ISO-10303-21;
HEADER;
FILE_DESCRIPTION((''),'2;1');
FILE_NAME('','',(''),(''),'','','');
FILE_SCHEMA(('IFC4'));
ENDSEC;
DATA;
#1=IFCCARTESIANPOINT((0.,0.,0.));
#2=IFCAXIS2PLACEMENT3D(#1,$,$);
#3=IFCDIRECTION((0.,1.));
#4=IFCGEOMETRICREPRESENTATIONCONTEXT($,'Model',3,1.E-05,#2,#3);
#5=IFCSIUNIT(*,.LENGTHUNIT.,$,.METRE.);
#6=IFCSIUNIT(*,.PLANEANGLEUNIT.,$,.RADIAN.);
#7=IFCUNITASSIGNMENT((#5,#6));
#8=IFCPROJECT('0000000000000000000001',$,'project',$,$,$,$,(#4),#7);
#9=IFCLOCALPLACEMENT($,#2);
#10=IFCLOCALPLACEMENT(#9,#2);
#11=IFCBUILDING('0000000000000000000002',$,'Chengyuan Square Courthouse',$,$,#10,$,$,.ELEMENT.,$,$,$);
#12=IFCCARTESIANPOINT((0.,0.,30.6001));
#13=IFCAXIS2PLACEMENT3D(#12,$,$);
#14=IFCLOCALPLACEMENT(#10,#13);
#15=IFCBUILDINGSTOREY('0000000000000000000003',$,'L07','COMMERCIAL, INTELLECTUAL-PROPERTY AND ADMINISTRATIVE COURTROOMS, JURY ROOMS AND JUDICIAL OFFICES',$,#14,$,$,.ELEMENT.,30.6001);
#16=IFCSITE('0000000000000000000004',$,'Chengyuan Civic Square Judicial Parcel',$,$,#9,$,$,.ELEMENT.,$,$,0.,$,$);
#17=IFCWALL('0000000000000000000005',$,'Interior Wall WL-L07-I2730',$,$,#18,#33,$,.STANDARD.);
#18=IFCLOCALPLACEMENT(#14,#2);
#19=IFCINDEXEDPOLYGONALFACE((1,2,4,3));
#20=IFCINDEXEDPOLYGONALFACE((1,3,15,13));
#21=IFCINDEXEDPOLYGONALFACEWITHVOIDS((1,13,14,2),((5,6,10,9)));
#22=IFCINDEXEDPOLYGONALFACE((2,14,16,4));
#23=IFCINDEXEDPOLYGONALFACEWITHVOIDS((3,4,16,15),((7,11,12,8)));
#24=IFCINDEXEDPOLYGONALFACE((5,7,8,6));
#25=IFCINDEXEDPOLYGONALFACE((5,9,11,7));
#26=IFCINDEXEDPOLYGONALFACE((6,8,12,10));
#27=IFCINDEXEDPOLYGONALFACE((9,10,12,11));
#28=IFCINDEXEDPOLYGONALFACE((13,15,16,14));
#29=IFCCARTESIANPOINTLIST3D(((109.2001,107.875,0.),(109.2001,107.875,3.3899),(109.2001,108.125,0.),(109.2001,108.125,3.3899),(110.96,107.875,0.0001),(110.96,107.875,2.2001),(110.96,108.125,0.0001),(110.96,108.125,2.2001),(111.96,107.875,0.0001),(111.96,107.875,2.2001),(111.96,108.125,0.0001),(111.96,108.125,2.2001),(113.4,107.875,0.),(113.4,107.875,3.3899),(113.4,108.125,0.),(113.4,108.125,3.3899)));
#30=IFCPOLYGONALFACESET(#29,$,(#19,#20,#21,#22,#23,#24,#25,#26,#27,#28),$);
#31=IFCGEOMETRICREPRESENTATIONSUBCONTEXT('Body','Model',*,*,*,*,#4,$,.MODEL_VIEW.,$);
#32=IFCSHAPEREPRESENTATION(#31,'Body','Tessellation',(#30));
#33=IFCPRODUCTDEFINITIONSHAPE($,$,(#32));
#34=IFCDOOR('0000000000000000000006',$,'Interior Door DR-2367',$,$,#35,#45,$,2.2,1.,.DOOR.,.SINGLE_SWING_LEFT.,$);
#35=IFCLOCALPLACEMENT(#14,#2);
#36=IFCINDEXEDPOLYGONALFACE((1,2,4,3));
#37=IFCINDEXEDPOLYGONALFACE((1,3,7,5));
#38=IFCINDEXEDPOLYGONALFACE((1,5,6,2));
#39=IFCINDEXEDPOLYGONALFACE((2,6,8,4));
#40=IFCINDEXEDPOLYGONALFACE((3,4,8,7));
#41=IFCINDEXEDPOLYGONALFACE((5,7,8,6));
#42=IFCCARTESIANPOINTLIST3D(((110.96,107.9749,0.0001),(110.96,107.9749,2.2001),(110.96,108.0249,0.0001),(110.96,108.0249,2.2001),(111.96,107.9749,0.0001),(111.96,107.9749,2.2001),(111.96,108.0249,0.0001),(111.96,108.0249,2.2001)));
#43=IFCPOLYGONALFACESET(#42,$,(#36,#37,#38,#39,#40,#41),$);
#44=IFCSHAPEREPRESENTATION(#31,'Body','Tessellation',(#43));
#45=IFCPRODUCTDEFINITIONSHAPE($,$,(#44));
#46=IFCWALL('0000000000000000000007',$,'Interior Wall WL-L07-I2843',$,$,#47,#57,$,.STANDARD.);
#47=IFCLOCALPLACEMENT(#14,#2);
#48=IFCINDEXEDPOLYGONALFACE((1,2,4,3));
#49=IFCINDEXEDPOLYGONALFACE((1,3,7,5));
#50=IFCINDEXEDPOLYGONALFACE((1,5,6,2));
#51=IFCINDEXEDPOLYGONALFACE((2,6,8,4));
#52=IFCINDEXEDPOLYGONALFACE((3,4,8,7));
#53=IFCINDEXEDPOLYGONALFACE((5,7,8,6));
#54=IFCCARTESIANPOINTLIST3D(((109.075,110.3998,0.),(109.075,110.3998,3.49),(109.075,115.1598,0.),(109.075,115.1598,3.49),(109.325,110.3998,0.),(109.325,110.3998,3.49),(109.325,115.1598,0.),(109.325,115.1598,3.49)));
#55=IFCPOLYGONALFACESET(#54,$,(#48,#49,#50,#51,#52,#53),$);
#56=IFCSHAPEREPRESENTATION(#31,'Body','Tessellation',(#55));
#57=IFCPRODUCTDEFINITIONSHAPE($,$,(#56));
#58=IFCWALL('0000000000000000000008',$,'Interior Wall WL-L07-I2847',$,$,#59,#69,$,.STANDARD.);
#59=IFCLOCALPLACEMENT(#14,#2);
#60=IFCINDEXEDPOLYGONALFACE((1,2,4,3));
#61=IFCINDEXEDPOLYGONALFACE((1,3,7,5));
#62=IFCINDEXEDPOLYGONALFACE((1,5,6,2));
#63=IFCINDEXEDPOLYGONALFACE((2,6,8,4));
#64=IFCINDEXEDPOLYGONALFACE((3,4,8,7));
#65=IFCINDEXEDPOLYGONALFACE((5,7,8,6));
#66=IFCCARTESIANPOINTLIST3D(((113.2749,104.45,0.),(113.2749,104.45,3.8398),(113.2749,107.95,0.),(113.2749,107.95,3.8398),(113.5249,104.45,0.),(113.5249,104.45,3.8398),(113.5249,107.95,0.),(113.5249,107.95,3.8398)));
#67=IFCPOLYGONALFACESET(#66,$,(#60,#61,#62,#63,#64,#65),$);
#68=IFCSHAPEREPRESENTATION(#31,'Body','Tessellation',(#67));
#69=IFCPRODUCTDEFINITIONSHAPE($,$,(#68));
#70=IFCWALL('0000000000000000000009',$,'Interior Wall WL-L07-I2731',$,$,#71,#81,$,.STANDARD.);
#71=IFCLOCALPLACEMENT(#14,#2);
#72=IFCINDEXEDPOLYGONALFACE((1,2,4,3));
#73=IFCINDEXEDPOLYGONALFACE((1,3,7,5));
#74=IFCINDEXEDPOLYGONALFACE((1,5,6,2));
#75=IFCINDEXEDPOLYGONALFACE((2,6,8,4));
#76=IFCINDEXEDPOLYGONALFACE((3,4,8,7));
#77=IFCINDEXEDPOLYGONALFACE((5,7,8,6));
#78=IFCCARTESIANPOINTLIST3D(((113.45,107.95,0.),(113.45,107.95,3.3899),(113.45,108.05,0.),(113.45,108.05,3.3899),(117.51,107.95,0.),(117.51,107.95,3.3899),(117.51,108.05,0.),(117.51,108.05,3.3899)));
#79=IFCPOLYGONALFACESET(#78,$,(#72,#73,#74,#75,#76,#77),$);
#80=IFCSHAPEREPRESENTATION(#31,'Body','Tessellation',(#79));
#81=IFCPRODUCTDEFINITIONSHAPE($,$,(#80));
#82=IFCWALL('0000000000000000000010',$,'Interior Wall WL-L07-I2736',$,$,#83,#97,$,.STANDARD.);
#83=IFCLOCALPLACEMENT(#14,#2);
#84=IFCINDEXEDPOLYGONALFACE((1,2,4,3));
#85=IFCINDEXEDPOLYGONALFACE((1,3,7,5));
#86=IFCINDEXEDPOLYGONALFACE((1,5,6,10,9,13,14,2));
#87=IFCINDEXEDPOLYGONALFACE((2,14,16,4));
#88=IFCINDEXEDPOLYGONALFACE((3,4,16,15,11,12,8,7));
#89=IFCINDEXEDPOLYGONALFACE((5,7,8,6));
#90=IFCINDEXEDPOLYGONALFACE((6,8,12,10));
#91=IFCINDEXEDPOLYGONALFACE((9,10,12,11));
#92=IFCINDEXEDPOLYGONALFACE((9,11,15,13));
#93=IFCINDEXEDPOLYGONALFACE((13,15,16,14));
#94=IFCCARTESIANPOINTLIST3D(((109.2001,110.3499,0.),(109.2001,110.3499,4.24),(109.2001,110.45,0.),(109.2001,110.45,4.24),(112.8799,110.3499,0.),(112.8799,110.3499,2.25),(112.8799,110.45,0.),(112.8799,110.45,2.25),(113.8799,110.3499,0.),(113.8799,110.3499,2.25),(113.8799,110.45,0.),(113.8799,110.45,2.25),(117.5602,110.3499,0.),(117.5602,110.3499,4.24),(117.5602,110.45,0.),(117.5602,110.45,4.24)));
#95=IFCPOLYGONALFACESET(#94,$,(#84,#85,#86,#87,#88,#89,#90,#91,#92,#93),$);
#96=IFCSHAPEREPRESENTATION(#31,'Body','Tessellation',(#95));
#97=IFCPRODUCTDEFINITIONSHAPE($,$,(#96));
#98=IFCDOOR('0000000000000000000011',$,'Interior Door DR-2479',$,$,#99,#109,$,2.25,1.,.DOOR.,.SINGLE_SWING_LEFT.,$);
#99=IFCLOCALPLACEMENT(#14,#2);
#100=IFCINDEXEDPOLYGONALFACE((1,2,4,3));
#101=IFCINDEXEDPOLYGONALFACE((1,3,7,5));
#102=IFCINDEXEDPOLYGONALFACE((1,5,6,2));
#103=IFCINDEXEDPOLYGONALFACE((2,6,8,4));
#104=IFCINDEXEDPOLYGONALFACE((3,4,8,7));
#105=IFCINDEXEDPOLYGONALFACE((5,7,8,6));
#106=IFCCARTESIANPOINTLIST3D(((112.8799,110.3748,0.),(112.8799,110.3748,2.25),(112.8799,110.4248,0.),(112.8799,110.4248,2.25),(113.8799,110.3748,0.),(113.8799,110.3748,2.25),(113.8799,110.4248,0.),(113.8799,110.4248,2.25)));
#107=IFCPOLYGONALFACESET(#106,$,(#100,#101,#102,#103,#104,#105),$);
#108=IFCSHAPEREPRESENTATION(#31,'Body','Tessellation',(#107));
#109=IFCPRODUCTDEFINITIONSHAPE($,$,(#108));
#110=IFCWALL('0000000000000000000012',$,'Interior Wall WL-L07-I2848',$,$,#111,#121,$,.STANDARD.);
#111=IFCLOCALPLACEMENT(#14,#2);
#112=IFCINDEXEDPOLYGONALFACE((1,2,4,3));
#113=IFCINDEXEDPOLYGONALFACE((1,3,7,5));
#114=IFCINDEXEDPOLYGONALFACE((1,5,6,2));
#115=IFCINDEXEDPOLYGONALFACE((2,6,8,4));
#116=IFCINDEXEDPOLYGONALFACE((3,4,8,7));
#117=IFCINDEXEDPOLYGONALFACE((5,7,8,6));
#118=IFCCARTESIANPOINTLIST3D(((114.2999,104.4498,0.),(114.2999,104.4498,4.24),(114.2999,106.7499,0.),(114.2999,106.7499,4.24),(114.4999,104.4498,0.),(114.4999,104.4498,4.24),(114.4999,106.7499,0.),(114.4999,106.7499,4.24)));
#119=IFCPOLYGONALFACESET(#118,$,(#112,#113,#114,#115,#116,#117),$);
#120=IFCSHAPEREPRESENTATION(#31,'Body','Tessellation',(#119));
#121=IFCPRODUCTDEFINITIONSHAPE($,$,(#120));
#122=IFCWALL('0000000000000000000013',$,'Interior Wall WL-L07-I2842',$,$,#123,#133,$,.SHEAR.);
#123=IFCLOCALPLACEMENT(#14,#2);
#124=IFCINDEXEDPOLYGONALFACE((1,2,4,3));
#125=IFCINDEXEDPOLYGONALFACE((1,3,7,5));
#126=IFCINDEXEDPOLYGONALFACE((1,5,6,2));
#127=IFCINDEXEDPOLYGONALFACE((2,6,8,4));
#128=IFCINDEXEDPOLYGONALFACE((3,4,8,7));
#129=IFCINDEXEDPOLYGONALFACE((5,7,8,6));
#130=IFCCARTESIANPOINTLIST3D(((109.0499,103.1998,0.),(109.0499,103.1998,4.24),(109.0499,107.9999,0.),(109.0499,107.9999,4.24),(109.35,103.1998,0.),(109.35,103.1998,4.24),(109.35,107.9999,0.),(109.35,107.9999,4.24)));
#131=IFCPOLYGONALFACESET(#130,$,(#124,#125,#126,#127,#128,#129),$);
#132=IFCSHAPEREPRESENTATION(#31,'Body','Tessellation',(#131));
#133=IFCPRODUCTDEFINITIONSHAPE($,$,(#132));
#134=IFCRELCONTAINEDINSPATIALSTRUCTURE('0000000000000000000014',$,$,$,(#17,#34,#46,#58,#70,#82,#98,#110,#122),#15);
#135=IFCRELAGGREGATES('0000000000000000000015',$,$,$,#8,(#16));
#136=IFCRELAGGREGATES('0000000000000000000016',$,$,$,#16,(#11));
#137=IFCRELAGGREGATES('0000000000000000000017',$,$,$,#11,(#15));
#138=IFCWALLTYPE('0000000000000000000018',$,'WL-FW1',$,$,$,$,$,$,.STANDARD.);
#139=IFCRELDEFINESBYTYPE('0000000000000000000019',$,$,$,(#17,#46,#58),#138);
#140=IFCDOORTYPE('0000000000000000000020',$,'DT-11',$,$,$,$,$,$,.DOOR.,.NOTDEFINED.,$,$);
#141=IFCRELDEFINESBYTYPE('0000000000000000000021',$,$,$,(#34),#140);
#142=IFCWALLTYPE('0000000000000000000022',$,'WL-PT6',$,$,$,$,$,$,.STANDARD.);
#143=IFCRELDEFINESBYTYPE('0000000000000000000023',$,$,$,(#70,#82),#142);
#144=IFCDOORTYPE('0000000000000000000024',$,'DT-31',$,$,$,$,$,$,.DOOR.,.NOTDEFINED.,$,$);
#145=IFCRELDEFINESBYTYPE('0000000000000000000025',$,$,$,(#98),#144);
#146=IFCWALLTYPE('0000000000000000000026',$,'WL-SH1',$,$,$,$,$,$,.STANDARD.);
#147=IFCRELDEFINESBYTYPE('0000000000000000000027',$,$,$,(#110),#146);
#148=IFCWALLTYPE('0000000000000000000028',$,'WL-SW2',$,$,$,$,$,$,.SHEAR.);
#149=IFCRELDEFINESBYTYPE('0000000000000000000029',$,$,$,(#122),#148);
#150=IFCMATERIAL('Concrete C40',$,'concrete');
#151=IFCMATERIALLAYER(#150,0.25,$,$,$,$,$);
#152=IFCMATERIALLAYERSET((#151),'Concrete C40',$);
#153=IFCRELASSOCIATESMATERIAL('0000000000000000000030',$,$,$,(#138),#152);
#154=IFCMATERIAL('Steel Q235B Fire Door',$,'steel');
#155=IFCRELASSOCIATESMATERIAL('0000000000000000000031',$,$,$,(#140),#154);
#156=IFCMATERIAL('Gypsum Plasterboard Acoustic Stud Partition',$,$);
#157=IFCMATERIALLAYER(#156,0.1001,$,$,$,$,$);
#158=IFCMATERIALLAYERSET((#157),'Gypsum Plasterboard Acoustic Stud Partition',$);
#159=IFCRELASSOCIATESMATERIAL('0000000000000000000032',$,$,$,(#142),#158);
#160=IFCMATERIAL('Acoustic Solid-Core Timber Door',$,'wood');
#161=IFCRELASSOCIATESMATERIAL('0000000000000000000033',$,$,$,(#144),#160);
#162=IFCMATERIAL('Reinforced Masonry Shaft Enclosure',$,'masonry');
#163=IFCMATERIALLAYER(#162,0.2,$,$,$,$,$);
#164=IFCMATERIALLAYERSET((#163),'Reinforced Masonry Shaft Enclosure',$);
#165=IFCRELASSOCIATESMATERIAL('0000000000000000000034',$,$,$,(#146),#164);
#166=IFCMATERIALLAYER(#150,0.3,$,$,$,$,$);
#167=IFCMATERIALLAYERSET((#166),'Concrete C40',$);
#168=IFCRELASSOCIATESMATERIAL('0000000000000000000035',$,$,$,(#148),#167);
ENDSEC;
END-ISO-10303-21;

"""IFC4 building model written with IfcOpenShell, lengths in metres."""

from ifc_helpers import new_model, si_unit, direction, frame, frame_2d, origin, place, context, subcontext, project, spatial, rectangle, extrude, material, layer, layer_set, type_object, element, fill, save


model = new_model("IFC4")

# Units and contexts
model_context = context("Model", 3, precision=1e-05, world=origin(), true_north=direction((0.0, 1.0)))
body_context = subcontext(model_context, "Body", "Model", "MODEL_VIEW")
ifc_project = project(units=[si_unit("LENGTHUNIT", "METRE"), si_unit("PLANEANGLEUNIT", "RADIAN")], contexts=[model_context])

# Site, building, storey
site_placement = place(None, origin())
site = spatial("IfcSite", under=ifc_project, at=site_placement, Name="Chengyuan Civic Square Judicial Parcel", CompositionType="ELEMENT", RefElevation=0.0)
building_placement = place(site_placement, origin())
building = spatial("IfcBuilding", under=site, at=building_placement, Name="Chengyuan Square Courthouse", CompositionType="ELEMENT")
storey_placement = place(building_placement, frame((0.0, 0.0, 30.6001)))
storey = spatial("IfcBuildingStorey", under=building, at=storey_placement, Name="L07", Description="COMMERCIAL, INTELLECTUAL-PROPERTY AND ADMINISTRATIVE COURTROOMS, JURY ROOMS AND JUDICIAL OFFICES", CompositionType="ELEMENT", Elevation=30.6001)

# Shared definitions
ifc_material_1 = material(Name="Concrete C40", Category="concrete")

# Shared definitions
ifc_layer_1 = layer(ifc_material_1, 0.25)
ifc_layer_set_1 = layer_set([ifc_layer_1], Name="Concrete C40")
wall_type_1 = type_object("IfcWallType", Name="WL-FW1", PredefinedType="STANDARD", material=ifc_layer_set_1)
ifc_material_2 = material(Name="Steel Q235B Fire Door", Category="steel")
door_type_1 = type_object("IfcDoorType", Name="DT-11", OperationType="NOTDEFINED", PredefinedType="DOOR", material=ifc_material_2)

# Wall, opening, door
wall_1_placement = place(storey_placement, frame((109.2, 108.0, 0.0), z_axis=(0.0, 0.0, 1.0), x_axis=(1.0, 0.0, 0.0)))
wall_1 = element("IfcWall", 1, at=wall_1_placement, inside=storey, type_object=wall_type_1, Name="Interior Wall WL-L07-I2730", PredefinedType="STANDARD", context=body_context, shape_type="SweptSolid", body=[
    extrude(rectangle(XDim=4.2, YDim=0.25, at=frame_2d((2.1001, 0.0))), origin(), (0.0, 0.0, 1.0), 3.3899),
])
opening_1_placement = place(wall_1_placement, frame((1.76, 0.0, 0.0)))
opening_1 = element("IfcOpeningElement", 2, at=opening_1_placement, cuts=wall_1, PredefinedType="OPENING", context=body_context, shape_type="SweptSolid", body=[
    extrude(rectangle(XDim=1.0, YDim=2.2, at=frame_2d((0.5, 1.1001))), frame((0.0, 0.137, 0.0), z_axis=(0.0, -1.0, 0.0), x_axis=(1.0, 0.0, 0.0)), (0.0, 0.0, 1.0), 0.2739),
])
door_1_placement = place(opening_1_placement, origin())
door_1 = element("IfcDoor", 3, at=door_1_placement, inside=storey, type_object=door_type_1, Name="Interior Door DR-2367", OperationType="SINGLE_SWING_LEFT", OverallHeight=2.2, OverallWidth=1.0, PredefinedType="DOOR", context=body_context, shape_type="SweptSolid", body=[
    extrude(rectangle(XDim=1.0, YDim=2.2, at=frame_2d((0.5, 1.1001))), frame((0.0, 0.0249, 0.0), z_axis=(0.0, -1.0, 0.0), x_axis=(1.0, 0.0, 0.0)), (0.0, 0.0, 1.0), 0.05),
])
fill(opening_1, door_1)

# Walls
wall_2_placement = place(storey_placement, frame((109.2, 110.3999, 0.0), z_axis=(0.0, 0.0, 1.0), x_axis=(0.0, 1.0, 0.0)))
element("IfcWall", 4, at=wall_2_placement, inside=storey, type_object=wall_type_1, Name="Interior Wall WL-L07-I2843", PredefinedType="STANDARD", context=body_context, shape_type="SweptSolid", body=[
    extrude(rectangle(XDim=4.76, YDim=0.25, at=frame_2d((2.3799, 0.0))), origin(), (0.0, 0.0, 1.0), 3.49),
])
wall_3_placement = place(storey_placement, frame((113.3999, 104.45, 0.0), z_axis=(0.0, 0.0, 1.0), x_axis=(0.0, 1.0, 0.0)))
element("IfcWall", 5, at=wall_3_placement, inside=storey, type_object=wall_type_1, Name="Interior Wall WL-L07-I2847", PredefinedType="STANDARD", context=body_context, shape_type="SweptSolid", body=[
    extrude(rectangle(XDim=3.5, YDim=0.25, at=frame_2d((1.75, 0.0))), origin(), (0.0, 0.0, 1.0), 3.8398),
])
ifc_material_3 = material(Name="Gypsum Plasterboard Acoustic Stud Partition")
ifc_layer_2 = layer(ifc_material_3, 0.1001)
ifc_layer_set_2 = layer_set([ifc_layer_2], Name="Gypsum Plasterboard Acoustic Stud Partition")
wall_type_2 = type_object("IfcWallType", Name="WL-PT6", PredefinedType="STANDARD", material=ifc_layer_set_2)
wall_4_placement = place(storey_placement, frame((113.45, 108.0, 0.0), z_axis=(0.0, 0.0, 1.0), x_axis=(1.0, 0.0, 0.0)))
element("IfcWall", 6, at=wall_4_placement, inside=storey, type_object=wall_type_2, Name="Interior Wall WL-L07-I2731", PredefinedType="STANDARD", context=body_context, shape_type="SweptSolid", body=[
    extrude(rectangle(XDim=4.0601, YDim=0.1001, at=frame_2d((2.03, 0.0))), origin(), (0.0, 0.0, 1.0), 3.3899),
])

# Wall, opening, door
wall_5_placement = place(storey_placement, frame((109.2, 110.3999, 0.0), z_axis=(0.0, 0.0, 1.0), x_axis=(1.0, 0.0, 0.0)))
wall_5 = element("IfcWall", 7, at=wall_5_placement, inside=storey, type_object=wall_type_2, Name="Interior Wall WL-L07-I2736", PredefinedType="STANDARD", context=body_context, shape_type="SweptSolid", body=[
    extrude(rectangle(XDim=8.3601, YDim=0.1001, at=frame_2d((4.1802, 0.0))), origin(), (0.0, 0.0, 1.0), 4.24),
])
opening_2_placement = place(wall_5_placement, frame((3.6799, 0.0, 0.0)))
opening_2 = element("IfcOpeningElement", 8, at=opening_2_placement, cuts=wall_5, PredefinedType="OPENING", context=body_context, shape_type="SweptSolid", body=[
    extrude(rectangle(XDim=1.0, YDim=2.25, at=frame_2d((0.5, 1.125))), frame((0.0, 0.062, 0.0), z_axis=(0.0, -1.0, 0.0), x_axis=(1.0, 0.0, 0.0)), (0.0, 0.0, 1.0), 0.124),
])
ifc_material_4 = material(Name="Acoustic Solid-Core Timber Door", Category="wood")
door_type_2 = type_object("IfcDoorType", Name="DT-31", OperationType="NOTDEFINED", PredefinedType="DOOR", material=ifc_material_4)
door_2_placement = place(opening_2_placement, origin())
door_2 = element("IfcDoor", 9, at=door_2_placement, inside=storey, type_object=door_type_2, Name="Interior Door DR-2479", OperationType="SINGLE_SWING_LEFT", OverallHeight=2.25, OverallWidth=1.0, PredefinedType="DOOR", context=body_context, shape_type="SweptSolid", body=[
    extrude(rectangle(XDim=1.0, YDim=2.25, at=frame_2d((0.5, 1.125))), frame((0.0, 0.0249, 0.0), z_axis=(0.0, -1.0, 0.0), x_axis=(1.0, 0.0, 0.0)), (0.0, 0.0, 1.0), 0.05),
])
fill(opening_2, door_2)
ifc_material_5 = material(Name="Reinforced Masonry Shaft Enclosure", Category="masonry")
ifc_layer_3 = layer(ifc_material_5, 0.2)
ifc_layer_set_3 = layer_set([ifc_layer_3], Name="Reinforced Masonry Shaft Enclosure")
wall_type_3 = type_object("IfcWallType", Name="WL-SH1", PredefinedType="STANDARD", material=ifc_layer_set_3)

# Walls
wall_6_placement = place(storey_placement, frame((114.3999, 104.45, 0.0), z_axis=(0.0, 0.0, 1.0), x_axis=(0.0, 1.0, 0.0)))
element("IfcWall", 10, at=wall_6_placement, inside=storey, type_object=wall_type_3, Name="Interior Wall WL-L07-I2848", PredefinedType="STANDARD", context=body_context, shape_type="SweptSolid", body=[
    extrude(rectangle(XDim=2.3, YDim=0.2, at=frame_2d((1.1499, 0.0))), origin(), (0.0, 0.0, 1.0), 4.24),
])
ifc_layer_4 = layer(ifc_material_1, 0.3)
ifc_layer_set_4 = layer_set([ifc_layer_4], Name="Concrete C40")
wall_type_4 = type_object("IfcWallType", Name="WL-SW2", PredefinedType="SHEAR", material=ifc_layer_set_4)
wall_7_placement = place(storey_placement, frame((109.2, 103.2, 0.0), z_axis=(0.0, 0.0, 1.0), x_axis=(0.0, 1.0, 0.0)))
element("IfcWall", 11, at=wall_7_placement, inside=storey, type_object=wall_type_4, Name="Interior Wall WL-L07-I2842", PredefinedType="SHEAR", context=body_context, shape_type="SweptSolid", body=[
    extrude(rectangle(XDim=4.8, YDim=0.3, at=frame_2d((2.3999, 0.0))), origin(), (0.0, 0.0, 1.0), 4.24),
])

save(model, "model.ifc")
